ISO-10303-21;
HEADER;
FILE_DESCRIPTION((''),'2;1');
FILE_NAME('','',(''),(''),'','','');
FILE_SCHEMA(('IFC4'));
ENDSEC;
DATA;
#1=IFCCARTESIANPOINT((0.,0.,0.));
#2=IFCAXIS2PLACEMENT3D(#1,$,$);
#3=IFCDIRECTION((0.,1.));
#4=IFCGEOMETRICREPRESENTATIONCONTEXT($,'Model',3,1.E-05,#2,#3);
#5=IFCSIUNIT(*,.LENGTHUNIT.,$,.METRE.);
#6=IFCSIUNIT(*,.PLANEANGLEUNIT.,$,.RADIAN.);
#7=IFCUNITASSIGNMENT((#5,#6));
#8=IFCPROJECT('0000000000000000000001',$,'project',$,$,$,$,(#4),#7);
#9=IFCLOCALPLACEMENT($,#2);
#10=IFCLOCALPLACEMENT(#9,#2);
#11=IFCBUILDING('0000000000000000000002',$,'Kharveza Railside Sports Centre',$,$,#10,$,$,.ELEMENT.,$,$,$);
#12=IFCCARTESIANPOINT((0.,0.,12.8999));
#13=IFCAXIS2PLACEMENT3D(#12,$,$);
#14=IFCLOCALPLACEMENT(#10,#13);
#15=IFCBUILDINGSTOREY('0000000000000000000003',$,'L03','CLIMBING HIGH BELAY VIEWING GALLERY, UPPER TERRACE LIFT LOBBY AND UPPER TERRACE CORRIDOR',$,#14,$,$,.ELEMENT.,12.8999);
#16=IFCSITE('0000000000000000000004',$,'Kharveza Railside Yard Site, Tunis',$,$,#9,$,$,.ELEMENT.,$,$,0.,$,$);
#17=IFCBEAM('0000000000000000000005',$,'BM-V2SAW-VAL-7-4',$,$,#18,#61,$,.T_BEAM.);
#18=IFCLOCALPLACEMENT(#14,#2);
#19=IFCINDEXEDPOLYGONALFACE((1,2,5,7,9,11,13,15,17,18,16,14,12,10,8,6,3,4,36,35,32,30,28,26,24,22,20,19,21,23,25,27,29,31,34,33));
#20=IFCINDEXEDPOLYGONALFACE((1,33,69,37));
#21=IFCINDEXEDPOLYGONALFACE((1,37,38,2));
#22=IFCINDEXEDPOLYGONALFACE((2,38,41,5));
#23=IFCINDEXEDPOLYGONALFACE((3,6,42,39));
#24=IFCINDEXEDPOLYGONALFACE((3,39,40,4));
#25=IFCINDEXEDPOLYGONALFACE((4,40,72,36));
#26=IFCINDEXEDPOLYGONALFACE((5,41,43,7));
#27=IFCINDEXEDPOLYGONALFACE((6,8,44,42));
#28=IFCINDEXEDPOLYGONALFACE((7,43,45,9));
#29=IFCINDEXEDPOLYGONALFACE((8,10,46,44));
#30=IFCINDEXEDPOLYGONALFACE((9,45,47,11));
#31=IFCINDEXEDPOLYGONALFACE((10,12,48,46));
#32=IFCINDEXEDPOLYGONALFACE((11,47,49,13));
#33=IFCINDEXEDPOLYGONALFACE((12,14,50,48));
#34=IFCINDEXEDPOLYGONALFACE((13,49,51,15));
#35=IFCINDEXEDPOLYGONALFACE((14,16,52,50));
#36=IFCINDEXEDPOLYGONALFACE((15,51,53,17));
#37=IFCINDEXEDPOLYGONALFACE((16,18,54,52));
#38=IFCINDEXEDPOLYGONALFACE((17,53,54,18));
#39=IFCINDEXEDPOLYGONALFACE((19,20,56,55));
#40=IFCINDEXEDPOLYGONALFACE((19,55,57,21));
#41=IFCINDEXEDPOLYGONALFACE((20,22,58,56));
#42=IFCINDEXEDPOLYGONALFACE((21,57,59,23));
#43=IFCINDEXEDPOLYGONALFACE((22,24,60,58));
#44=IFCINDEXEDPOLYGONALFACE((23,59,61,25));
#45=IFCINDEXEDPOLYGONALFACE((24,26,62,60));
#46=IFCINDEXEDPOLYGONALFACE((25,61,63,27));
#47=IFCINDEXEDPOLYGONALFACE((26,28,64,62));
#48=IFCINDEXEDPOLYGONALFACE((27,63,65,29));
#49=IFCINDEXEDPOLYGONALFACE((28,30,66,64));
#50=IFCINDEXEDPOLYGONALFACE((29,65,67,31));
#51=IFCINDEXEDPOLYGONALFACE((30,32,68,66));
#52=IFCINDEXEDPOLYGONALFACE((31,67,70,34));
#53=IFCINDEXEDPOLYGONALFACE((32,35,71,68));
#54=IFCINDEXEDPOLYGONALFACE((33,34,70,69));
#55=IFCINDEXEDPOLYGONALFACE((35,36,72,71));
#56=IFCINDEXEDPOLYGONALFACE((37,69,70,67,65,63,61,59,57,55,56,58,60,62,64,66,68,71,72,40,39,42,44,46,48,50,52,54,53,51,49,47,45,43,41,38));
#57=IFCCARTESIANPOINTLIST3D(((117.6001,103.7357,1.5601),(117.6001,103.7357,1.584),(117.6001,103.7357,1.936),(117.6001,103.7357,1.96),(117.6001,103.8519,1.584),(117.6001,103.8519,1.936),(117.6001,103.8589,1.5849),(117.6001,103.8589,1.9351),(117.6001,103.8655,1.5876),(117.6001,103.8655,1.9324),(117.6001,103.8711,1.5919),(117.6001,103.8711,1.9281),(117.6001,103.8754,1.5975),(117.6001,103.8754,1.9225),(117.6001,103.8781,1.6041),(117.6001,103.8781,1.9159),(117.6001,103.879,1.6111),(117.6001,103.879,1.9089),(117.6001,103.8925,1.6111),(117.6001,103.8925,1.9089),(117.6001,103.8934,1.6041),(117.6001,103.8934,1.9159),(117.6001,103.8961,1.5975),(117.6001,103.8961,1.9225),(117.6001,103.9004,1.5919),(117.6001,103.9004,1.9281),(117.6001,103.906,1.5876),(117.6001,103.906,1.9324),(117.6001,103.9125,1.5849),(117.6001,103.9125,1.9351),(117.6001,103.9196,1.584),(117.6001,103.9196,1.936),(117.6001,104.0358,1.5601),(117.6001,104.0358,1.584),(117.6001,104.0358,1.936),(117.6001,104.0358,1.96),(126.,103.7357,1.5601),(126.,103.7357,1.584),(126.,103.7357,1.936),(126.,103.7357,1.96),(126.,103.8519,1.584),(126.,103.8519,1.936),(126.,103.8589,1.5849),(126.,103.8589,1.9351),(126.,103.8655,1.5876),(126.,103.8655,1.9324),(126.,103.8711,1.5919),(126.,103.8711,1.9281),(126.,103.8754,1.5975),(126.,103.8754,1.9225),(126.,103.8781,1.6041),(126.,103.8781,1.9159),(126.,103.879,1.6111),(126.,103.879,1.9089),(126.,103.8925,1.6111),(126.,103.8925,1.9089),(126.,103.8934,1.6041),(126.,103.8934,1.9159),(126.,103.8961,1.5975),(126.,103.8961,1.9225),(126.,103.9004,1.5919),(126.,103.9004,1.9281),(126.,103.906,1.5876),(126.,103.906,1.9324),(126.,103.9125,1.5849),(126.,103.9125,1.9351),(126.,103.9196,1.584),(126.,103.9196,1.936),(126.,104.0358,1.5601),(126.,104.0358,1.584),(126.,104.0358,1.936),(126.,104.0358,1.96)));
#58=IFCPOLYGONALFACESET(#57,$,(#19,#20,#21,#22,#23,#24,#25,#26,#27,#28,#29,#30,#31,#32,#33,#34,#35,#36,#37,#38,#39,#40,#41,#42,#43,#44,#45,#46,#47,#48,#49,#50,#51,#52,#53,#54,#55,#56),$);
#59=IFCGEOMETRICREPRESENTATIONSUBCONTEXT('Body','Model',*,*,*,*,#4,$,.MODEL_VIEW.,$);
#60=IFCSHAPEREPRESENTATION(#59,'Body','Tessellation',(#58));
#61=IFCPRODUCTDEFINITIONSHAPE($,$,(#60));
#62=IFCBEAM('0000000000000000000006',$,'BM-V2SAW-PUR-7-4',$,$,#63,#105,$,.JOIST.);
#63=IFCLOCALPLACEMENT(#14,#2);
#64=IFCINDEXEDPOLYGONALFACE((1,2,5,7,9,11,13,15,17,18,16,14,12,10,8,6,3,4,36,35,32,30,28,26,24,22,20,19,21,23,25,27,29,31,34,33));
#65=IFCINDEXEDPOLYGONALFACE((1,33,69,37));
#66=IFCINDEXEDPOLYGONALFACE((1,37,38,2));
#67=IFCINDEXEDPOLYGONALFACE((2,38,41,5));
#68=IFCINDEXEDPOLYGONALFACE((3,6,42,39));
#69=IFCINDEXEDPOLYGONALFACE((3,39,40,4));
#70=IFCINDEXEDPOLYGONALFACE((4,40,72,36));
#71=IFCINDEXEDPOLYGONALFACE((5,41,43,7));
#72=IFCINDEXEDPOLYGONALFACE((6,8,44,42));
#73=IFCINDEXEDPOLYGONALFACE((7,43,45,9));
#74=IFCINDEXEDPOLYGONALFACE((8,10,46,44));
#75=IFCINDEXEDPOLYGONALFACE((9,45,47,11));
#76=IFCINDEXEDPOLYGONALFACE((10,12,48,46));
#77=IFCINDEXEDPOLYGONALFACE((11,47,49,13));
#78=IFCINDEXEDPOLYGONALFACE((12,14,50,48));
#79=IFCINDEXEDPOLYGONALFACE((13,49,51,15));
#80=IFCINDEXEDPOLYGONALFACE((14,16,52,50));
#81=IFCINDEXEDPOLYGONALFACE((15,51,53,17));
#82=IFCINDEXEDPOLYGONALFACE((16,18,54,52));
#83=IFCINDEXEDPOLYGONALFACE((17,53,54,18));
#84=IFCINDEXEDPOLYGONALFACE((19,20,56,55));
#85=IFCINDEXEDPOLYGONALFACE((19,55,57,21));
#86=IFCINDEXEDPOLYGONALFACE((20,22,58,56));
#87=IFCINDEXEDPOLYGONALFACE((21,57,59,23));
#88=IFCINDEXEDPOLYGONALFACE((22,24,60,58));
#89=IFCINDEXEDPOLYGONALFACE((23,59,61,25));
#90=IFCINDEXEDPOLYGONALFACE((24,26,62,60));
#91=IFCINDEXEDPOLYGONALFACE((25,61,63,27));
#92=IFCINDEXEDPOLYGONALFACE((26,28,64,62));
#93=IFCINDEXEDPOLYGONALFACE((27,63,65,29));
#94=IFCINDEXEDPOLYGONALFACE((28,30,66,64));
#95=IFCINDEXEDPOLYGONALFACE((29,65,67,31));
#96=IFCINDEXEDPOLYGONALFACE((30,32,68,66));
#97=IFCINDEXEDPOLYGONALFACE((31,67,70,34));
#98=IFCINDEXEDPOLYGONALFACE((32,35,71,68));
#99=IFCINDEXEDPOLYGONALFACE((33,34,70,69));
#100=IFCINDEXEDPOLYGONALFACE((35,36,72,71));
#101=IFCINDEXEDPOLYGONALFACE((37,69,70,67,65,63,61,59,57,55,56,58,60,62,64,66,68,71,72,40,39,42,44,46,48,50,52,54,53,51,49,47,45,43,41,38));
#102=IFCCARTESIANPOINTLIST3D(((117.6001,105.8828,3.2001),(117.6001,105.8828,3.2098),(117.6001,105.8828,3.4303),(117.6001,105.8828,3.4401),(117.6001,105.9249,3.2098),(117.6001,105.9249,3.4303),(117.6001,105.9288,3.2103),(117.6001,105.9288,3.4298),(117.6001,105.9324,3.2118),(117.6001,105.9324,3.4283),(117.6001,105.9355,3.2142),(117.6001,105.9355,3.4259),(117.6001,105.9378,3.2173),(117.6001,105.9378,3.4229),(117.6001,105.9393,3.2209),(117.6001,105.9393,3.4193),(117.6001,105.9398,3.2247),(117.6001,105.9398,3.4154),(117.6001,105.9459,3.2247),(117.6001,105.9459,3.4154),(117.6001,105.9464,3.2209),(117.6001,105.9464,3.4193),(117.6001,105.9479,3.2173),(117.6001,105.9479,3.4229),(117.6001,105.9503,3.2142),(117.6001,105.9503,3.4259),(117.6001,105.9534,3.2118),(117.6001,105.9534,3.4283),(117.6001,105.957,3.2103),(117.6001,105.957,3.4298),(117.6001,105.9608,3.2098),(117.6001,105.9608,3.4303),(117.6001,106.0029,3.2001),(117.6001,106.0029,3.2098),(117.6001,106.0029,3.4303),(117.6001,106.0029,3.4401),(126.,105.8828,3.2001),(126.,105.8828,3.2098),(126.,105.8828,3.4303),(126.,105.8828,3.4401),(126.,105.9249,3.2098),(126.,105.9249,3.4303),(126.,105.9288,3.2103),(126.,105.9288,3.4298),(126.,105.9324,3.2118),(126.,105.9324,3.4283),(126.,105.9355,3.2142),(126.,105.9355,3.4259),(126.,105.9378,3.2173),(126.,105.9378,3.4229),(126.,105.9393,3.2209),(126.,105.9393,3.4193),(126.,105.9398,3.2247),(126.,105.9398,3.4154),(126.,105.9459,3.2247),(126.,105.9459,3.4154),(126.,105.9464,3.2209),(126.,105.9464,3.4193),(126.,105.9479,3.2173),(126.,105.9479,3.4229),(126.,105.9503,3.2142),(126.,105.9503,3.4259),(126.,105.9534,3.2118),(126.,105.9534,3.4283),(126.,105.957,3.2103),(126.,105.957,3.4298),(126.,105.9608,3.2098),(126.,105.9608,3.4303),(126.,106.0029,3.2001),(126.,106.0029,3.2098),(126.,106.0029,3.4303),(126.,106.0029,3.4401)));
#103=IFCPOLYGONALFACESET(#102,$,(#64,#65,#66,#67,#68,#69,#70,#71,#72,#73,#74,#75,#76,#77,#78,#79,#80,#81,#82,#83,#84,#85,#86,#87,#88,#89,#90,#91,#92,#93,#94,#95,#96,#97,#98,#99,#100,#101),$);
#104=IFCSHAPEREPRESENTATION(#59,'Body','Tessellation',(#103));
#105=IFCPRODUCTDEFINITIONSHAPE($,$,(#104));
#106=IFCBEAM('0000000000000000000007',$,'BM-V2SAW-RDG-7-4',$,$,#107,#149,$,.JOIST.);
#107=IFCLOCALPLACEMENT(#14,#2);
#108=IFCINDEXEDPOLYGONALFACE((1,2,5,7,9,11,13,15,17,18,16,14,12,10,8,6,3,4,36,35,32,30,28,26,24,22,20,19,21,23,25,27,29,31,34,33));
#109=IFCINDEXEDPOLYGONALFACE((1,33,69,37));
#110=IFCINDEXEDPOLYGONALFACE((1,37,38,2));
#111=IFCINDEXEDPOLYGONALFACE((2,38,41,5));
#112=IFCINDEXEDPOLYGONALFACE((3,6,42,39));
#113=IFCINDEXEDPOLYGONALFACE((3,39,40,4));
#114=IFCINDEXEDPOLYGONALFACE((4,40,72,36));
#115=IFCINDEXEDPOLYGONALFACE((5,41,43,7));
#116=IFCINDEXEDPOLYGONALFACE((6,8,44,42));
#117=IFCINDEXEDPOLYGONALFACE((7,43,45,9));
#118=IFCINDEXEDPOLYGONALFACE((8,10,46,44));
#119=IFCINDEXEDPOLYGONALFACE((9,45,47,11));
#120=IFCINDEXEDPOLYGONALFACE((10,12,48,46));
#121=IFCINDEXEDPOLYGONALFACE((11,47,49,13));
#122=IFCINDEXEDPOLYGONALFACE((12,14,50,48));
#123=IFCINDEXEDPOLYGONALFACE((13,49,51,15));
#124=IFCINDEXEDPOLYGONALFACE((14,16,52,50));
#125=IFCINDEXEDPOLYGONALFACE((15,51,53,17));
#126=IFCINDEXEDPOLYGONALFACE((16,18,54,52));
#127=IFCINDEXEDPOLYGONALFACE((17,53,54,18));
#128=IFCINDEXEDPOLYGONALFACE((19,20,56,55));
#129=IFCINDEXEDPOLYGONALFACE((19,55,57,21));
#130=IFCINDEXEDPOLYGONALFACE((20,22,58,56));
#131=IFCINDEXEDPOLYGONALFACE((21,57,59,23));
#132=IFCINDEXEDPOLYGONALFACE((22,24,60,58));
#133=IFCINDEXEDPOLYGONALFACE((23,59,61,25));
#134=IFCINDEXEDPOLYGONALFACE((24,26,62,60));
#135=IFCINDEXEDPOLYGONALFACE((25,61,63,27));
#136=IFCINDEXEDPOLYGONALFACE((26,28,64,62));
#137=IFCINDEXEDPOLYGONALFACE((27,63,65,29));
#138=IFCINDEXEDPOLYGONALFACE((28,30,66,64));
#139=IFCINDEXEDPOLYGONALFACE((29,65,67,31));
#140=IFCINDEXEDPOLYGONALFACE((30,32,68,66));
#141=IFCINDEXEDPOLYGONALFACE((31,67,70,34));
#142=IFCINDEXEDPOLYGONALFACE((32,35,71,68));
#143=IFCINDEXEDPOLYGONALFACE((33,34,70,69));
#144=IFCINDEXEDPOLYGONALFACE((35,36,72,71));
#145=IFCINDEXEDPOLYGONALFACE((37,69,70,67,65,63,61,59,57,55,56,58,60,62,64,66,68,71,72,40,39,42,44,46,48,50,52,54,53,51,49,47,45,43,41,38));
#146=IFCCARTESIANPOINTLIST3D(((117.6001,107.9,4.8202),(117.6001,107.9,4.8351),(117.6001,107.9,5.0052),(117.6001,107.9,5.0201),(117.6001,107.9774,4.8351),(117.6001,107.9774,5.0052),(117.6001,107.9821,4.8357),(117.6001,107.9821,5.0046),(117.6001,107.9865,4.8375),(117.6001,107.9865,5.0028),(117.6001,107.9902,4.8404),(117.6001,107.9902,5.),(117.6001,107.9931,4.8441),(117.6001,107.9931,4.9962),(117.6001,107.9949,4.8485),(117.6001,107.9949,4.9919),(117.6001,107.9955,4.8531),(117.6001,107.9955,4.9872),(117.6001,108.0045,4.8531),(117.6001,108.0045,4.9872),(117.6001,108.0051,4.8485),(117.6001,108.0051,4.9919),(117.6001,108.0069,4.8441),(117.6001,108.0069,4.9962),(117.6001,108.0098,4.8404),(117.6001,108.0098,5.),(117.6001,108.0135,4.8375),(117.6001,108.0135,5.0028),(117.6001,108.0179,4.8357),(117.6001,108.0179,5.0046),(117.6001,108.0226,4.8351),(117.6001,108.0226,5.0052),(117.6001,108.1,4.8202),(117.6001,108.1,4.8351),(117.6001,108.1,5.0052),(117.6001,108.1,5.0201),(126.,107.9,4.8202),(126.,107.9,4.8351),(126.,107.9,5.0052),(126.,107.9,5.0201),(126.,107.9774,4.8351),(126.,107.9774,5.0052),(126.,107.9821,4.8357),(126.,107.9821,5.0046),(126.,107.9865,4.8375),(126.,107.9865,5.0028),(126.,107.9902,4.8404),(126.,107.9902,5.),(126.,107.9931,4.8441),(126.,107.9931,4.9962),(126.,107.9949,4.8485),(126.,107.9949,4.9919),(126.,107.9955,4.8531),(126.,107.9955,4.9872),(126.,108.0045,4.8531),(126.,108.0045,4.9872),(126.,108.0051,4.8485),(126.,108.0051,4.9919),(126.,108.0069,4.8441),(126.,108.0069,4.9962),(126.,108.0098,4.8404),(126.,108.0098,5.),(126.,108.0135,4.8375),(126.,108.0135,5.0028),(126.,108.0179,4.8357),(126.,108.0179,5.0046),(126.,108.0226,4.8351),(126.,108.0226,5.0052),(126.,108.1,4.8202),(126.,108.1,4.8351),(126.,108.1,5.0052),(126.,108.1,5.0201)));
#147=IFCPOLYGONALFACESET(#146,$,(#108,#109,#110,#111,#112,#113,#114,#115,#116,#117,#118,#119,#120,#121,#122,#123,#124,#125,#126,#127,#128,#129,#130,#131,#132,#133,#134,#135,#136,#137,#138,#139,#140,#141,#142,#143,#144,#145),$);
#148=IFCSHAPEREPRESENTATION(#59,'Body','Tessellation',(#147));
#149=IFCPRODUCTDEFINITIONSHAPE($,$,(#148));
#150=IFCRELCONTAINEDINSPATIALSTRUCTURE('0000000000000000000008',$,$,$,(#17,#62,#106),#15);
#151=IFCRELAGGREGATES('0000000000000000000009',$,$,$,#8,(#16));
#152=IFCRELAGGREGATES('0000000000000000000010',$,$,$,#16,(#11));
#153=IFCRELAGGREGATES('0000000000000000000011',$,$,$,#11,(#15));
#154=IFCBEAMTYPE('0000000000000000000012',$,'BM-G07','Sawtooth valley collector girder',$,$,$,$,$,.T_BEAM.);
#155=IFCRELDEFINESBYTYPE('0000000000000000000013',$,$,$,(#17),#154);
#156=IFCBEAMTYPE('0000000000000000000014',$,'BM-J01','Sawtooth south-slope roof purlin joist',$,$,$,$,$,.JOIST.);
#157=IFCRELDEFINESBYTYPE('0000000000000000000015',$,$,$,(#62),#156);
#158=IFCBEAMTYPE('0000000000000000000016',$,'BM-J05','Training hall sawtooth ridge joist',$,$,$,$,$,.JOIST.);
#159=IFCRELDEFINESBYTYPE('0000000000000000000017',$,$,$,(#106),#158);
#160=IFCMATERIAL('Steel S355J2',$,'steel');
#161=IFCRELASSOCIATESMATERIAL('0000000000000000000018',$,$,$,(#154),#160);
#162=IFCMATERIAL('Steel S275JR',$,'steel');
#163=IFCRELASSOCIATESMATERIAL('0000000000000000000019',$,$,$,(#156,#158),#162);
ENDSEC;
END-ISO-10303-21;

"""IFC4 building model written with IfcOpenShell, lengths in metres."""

from ifc_helpers import new_model, si_unit, direction, frame, origin, origin_2d, place, context, subcontext, project, spatial, i_section, extrude, material, material_profile, profile_set, type_object, element, save


model = new_model("IFC4")

# Units and contexts
model_context = context("Model", 3, precision=1e-05, world=origin(), true_north=direction((0.0, 1.0)))
body_context = subcontext(model_context, "Body", "Model", "MODEL_VIEW")
ifc_project = project(units=[si_unit("LENGTHUNIT", "METRE"), si_unit("PLANEANGLEUNIT", "RADIAN")], contexts=[model_context])

# Site, building, storey
site_placement = place(None, origin())
site = spatial("IfcSite", under=ifc_project, at=site_placement, Name="Kharveza Railside Yard Site, Tunis", CompositionType="ELEMENT", RefElevation=0.0)
building_placement = place(site_placement, origin())
building = spatial("IfcBuilding", under=site, at=building_placement, Name="Kharveza Railside Sports Centre", CompositionType="ELEMENT")
storey_placement = place(building_placement, frame((0.0, 0.0, 12.8999)))
storey = spatial("IfcBuildingStorey", under=building, at=storey_placement, Name="L03", Description="CLIMBING HIGH BELAY VIEWING GALLERY, UPPER TERRACE LIFT LOBBY AND UPPER TERRACE CORRIDOR", CompositionType="ELEMENT", Elevation=12.8999)

# Beams
ifc_material_1 = material(Name="Steel S355J2", Category="steel")
ifc_material_profile_1 = material_profile(ifc_material_1, i_section(OverallWidth=0.3, OverallDepth=0.3999, WebThickness=0.0134, FlangeThickness=0.0239, FilletRadius=0.0271, at=origin_2d()), Name="HEB 400")
ifc_profile_set_1 = profile_set([ifc_material_profile_1], Name="Steel S355J2")
beam_type_1 = type_object("IfcBeamType", Name="BM-G07", Description="Sawtooth valley collector girder", PredefinedType="T_BEAM", material=ifc_profile_set_1)
beam_1_placement = place(storey_placement, frame((117.6001, 103.8857, 1.76), z_axis=(1.0, 0.0, 0.0), x_axis=(0.0, 1.0, 0.0)))
element("IfcBeam", 1, at=beam_1_placement, inside=storey, type_object=beam_type_1, Name="BM-V2SAW-VAL-7-4", PredefinedType="T_BEAM", context=body_context, shape_type="SweptSolid", body=[
    extrude(i_section(OverallWidth=0.3, OverallDepth=0.3999, WebThickness=0.0134, FlangeThickness=0.0239, FilletRadius=0.0271, at=origin_2d()), origin(), (0.0, 0.0, 1.0), 8.3999),
])
ifc_material_2 = material(Name="Steel S275JR", Category="steel")
ifc_material_profile_2 = material_profile(ifc_material_2, i_section(OverallWidth=0.1201, OverallDepth=0.24, WebThickness=0.0061, FlangeThickness=0.0098, FilletRadius=0.0149, at=origin_2d()), Name="IPE 240")
ifc_profile_set_2 = profile_set([ifc_material_profile_2], Name="Steel S275JR")
beam_type_2 = type_object("IfcBeamType", Name="BM-J01", Description="Sawtooth south-slope roof purlin joist", PredefinedType="JOIST", material=ifc_profile_set_2)
beam_2_placement = place(storey_placement, frame((117.6001, 105.9429, 3.3201), z_axis=(1.0, 0.0, 0.0), x_axis=(0.0, 1.0, 0.0)))
element("IfcBeam", 2, at=beam_2_placement, inside=storey, type_object=beam_type_2, Name="BM-V2SAW-PUR-7-4", PredefinedType="JOIST", context=body_context, shape_type="SweptSolid", body=[
    extrude(i_section(OverallWidth=0.1201, OverallDepth=0.24, WebThickness=0.0061, FlangeThickness=0.0098, FilletRadius=0.0149, at=origin_2d()), origin(), (0.0, 0.0, 1.0), 8.3999),
])
ifc_material_profile_3 = material_profile(ifc_material_2, i_section(OverallWidth=0.2, OverallDepth=0.2, WebThickness=0.009, FlangeThickness=0.0149, FilletRadius=0.0181, at=origin_2d()), Name="HEB 200")
ifc_profile_set_3 = profile_set([ifc_material_profile_3], Name="Steel S275JR")
beam_type_3 = type_object("IfcBeamType", Name="BM-J05", Description="Training hall sawtooth ridge joist", PredefinedType="JOIST", material=ifc_profile_set_3)
beam_3_placement = place(storey_placement, frame((117.6001, 108.0, 4.9202), z_axis=(1.0, 0.0, 0.0), x_axis=(0.0, 1.0, 0.0)))
element("IfcBeam", 3, at=beam_3_placement, inside=storey, type_object=beam_type_3, Name="BM-V2SAW-RDG-7-4", PredefinedType="JOIST", context=body_context, shape_type="SweptSolid", body=[
    extrude(i_section(OverallWidth=0.2, OverallDepth=0.2, WebThickness=0.009, FlangeThickness=0.0149, FilletRadius=0.0181, at=origin_2d()), origin(), (0.0, 0.0, 1.0), 8.3999),
])

save(model, "model.ifc")
